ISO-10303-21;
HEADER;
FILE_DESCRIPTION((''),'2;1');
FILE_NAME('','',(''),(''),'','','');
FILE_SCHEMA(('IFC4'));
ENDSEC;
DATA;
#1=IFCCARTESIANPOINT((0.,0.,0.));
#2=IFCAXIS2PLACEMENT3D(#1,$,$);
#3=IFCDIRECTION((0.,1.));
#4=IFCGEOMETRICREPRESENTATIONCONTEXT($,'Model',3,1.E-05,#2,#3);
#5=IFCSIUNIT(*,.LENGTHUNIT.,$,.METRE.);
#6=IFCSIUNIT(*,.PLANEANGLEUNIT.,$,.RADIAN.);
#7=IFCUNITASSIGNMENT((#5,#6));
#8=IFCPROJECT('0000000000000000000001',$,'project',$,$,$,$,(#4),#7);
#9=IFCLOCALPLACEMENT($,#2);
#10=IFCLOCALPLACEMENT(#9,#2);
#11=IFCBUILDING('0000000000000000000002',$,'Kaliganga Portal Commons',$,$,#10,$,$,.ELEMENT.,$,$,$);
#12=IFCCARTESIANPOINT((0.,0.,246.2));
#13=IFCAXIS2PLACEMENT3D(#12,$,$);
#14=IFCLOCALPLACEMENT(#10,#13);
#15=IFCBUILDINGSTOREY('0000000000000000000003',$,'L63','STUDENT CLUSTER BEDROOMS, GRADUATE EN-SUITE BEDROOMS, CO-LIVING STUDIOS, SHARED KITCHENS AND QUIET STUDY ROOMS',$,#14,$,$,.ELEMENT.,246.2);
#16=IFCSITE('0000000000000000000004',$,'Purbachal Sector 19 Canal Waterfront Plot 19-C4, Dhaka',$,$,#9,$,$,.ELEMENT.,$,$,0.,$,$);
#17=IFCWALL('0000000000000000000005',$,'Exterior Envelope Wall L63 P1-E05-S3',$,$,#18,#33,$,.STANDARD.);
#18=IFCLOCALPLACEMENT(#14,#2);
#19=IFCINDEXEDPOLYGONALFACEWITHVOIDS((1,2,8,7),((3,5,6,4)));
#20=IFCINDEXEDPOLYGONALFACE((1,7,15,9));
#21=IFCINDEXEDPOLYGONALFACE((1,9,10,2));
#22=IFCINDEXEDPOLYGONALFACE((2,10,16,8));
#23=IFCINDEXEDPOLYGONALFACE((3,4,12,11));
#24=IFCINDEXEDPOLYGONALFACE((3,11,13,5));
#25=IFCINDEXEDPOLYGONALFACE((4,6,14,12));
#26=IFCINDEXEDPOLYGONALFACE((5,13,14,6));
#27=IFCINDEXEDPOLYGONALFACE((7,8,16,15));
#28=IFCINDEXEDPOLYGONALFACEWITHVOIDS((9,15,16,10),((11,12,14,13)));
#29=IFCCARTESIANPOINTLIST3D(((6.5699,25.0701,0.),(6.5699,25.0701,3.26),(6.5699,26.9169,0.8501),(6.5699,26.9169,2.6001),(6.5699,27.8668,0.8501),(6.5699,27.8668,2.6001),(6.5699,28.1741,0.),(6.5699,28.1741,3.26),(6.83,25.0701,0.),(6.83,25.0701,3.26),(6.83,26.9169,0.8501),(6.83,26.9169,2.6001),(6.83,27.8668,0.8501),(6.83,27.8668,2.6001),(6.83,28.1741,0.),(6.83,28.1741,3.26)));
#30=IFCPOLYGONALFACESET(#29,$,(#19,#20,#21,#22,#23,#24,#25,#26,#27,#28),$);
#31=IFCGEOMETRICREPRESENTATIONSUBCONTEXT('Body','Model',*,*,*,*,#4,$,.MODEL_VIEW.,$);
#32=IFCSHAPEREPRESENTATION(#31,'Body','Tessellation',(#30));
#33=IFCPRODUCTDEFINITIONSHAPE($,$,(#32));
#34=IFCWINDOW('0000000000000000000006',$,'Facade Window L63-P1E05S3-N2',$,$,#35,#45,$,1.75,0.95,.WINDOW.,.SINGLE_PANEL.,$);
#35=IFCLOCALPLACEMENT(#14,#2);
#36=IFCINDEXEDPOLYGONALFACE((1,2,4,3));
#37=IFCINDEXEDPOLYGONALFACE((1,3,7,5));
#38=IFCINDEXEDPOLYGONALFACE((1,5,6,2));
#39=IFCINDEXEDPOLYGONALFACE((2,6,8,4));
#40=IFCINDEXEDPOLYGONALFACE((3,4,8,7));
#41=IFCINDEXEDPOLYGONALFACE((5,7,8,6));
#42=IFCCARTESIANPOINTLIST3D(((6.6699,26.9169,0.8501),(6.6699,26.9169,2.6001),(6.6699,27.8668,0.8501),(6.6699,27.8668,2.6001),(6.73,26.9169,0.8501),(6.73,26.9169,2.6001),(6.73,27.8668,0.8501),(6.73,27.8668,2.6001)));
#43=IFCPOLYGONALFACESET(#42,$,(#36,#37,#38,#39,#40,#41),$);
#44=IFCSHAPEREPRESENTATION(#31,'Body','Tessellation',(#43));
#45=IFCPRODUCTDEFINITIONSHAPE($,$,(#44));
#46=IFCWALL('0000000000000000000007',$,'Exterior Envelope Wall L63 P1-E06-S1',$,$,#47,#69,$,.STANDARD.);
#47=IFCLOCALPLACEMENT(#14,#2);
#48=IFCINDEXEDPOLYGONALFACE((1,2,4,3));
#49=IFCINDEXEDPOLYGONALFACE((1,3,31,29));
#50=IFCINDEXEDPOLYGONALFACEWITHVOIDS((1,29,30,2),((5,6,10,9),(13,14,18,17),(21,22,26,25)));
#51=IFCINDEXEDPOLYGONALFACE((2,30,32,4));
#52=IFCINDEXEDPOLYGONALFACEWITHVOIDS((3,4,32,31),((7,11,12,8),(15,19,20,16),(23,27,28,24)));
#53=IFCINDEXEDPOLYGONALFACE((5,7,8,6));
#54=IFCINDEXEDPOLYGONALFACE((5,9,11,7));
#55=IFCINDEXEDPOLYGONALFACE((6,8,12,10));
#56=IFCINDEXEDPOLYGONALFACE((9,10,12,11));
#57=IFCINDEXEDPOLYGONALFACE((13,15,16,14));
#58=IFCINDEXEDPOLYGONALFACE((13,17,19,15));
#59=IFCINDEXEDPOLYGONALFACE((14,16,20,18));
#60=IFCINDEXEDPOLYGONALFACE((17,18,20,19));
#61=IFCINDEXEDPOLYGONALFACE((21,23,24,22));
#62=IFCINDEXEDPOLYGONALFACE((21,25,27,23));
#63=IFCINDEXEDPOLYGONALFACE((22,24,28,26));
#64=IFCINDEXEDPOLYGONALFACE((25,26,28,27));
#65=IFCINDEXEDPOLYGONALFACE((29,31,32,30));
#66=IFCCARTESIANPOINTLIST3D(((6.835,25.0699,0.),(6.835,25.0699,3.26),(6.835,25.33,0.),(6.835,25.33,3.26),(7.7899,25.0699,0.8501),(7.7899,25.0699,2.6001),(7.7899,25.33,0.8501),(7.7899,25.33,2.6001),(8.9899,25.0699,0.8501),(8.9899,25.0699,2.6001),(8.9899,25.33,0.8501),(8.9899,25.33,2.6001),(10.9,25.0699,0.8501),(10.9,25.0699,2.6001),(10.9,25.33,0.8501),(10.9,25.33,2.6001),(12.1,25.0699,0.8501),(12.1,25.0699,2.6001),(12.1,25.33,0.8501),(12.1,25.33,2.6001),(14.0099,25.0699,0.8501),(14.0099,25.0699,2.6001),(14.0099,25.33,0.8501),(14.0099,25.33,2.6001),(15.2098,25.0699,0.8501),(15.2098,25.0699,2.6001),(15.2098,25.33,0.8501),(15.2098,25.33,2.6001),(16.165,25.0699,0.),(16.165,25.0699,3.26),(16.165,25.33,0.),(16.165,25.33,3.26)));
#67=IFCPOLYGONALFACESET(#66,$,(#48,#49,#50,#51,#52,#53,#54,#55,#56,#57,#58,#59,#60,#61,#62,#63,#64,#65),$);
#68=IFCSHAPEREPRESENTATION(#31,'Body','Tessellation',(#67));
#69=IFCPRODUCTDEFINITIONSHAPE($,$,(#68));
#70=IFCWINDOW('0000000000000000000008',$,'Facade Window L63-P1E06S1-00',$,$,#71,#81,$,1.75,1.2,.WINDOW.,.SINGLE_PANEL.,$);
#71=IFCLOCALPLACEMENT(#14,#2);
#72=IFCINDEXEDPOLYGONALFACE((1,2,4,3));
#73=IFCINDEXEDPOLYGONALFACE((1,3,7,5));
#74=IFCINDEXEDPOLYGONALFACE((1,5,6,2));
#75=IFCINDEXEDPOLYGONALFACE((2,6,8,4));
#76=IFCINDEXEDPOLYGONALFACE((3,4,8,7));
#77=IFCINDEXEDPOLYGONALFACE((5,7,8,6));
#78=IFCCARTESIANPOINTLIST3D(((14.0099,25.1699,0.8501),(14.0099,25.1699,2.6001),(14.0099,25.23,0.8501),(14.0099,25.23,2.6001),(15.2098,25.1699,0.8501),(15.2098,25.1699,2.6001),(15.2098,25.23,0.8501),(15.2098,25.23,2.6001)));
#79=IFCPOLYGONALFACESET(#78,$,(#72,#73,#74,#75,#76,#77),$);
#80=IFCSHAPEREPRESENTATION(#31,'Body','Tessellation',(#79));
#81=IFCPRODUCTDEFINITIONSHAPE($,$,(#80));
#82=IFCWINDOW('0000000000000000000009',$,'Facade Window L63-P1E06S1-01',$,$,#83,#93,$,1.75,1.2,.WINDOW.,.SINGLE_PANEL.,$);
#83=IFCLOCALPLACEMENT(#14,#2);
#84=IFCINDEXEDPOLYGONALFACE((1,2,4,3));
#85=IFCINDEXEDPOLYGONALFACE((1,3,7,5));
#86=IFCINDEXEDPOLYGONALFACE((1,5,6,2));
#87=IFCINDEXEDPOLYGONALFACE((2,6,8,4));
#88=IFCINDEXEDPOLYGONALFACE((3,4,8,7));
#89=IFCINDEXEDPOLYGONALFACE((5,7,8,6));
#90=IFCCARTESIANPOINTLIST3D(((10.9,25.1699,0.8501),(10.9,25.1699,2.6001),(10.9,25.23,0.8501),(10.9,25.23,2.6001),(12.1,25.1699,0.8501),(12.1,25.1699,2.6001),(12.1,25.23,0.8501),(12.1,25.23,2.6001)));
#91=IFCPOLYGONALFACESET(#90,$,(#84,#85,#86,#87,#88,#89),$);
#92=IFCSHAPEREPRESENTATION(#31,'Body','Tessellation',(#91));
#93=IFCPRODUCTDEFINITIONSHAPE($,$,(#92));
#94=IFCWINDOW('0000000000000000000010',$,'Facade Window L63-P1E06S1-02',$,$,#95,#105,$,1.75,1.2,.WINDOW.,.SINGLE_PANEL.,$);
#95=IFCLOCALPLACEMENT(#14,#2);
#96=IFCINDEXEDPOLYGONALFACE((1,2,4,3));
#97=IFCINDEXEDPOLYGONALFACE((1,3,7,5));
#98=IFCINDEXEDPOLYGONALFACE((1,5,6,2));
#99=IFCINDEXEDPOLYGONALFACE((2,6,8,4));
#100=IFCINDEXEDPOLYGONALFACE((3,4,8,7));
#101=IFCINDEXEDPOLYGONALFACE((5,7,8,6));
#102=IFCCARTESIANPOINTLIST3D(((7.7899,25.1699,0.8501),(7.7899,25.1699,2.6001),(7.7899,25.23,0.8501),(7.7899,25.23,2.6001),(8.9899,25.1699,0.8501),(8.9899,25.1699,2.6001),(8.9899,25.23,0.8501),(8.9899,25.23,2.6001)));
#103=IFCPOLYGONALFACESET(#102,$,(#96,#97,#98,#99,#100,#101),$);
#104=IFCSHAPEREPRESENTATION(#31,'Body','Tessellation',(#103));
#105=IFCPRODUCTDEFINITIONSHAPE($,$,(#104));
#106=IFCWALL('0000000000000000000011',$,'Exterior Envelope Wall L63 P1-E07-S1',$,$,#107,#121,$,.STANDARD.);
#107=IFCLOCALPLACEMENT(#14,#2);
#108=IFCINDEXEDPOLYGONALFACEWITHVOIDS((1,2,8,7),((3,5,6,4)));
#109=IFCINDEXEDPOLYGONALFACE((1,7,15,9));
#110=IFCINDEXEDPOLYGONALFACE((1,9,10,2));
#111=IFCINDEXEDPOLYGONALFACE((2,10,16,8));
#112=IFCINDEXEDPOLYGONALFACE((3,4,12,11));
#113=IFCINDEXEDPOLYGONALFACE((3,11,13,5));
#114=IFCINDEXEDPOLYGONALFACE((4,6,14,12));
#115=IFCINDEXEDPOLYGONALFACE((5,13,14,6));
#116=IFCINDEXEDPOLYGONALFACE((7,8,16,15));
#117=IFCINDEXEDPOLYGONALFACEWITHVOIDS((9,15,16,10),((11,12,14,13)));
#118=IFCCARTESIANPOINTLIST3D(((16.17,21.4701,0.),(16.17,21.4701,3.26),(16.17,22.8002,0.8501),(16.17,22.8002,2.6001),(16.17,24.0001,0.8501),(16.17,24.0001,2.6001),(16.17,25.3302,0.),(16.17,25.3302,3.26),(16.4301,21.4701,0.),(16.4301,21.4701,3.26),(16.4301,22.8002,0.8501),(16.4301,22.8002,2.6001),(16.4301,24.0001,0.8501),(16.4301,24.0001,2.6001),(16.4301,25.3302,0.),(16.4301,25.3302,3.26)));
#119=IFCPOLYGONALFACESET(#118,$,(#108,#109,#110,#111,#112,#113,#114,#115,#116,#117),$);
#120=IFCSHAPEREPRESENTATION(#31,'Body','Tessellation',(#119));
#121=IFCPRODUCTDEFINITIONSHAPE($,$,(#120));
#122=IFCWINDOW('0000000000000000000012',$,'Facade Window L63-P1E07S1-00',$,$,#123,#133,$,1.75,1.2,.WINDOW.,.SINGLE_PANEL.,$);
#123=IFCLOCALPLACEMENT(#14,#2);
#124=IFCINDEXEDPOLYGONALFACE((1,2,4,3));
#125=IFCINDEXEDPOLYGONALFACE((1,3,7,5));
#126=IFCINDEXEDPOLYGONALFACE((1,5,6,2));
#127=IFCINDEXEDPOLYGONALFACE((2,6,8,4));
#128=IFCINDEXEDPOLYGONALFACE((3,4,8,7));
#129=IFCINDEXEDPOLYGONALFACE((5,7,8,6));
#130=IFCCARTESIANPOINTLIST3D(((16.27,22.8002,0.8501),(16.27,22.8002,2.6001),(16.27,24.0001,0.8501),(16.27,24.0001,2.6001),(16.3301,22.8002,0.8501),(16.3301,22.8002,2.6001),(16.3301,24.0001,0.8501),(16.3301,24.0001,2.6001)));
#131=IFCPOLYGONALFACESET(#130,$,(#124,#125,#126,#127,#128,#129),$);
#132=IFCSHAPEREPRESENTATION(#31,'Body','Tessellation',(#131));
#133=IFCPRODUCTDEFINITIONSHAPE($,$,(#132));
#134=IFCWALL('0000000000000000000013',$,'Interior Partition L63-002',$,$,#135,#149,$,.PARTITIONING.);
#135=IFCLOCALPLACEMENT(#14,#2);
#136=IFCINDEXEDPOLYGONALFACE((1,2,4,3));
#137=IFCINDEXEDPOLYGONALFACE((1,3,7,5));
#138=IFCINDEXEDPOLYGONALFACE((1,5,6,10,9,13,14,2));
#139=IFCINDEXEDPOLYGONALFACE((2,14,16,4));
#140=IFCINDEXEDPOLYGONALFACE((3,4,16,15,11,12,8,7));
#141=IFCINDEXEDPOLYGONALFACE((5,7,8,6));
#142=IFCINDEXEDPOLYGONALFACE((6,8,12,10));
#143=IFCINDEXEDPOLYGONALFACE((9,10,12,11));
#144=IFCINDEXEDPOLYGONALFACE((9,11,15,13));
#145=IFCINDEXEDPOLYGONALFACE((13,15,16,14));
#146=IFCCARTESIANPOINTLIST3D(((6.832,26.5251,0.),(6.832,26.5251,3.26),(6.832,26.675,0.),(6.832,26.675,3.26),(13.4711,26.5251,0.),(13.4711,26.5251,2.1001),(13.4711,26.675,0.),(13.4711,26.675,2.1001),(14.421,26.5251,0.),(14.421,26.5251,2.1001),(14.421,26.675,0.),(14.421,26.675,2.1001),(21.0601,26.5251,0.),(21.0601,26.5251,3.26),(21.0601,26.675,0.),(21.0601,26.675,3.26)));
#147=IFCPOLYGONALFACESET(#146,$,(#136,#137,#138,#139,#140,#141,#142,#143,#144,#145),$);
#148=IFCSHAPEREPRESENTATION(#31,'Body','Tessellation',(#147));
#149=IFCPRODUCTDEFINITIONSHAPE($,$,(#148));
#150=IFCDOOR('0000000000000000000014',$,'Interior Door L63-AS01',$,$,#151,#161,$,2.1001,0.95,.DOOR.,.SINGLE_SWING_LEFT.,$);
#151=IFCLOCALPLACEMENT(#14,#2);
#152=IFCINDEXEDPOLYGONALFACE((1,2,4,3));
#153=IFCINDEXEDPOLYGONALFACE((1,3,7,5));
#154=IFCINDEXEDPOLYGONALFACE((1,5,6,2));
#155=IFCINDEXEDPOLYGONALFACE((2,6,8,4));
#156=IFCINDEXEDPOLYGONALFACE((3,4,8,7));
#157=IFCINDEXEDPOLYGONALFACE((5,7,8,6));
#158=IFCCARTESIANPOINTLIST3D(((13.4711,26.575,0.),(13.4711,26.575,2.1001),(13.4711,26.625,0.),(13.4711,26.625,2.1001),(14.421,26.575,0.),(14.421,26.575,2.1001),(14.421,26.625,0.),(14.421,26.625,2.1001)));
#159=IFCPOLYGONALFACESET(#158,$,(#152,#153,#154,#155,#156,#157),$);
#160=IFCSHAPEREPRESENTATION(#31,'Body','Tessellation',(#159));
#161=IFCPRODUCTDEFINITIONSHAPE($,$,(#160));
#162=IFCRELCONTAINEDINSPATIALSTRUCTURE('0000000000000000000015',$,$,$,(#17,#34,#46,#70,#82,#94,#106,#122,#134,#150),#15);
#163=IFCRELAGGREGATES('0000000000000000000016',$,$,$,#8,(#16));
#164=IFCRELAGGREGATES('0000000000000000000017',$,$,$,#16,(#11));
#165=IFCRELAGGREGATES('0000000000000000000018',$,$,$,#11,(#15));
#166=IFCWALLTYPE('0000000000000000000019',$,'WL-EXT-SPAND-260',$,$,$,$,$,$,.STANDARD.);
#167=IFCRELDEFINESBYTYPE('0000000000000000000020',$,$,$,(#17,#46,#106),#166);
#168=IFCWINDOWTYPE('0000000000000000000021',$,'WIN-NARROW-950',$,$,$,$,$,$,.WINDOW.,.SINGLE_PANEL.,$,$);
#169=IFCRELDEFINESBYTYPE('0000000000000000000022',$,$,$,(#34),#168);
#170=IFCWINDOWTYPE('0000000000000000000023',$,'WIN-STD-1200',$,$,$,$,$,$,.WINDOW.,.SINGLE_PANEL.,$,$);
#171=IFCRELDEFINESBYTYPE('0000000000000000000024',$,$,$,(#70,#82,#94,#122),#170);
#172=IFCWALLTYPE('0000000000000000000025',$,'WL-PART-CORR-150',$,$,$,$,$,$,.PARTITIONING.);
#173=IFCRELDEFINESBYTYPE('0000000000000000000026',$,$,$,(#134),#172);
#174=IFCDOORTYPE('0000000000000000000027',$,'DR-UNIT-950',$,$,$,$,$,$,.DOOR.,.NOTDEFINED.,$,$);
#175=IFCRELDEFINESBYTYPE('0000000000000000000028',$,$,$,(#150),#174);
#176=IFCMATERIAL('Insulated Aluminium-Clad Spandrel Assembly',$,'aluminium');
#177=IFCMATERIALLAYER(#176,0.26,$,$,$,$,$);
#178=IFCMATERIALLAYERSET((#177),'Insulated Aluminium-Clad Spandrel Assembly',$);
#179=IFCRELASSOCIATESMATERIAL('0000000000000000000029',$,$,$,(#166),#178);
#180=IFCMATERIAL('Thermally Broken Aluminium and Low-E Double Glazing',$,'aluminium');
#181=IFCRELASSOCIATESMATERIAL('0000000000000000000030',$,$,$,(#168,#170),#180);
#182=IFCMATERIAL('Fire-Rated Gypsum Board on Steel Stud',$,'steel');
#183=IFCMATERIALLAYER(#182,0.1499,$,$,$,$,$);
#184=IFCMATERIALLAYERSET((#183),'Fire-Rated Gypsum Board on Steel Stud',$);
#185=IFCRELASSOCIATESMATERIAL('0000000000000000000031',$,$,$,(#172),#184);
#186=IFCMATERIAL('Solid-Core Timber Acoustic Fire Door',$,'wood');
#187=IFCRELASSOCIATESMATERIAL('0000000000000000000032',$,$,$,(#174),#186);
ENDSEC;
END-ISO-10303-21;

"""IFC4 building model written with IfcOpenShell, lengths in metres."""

from ifc_helpers import new_model, si_unit, direction, frame, frame_2d, origin, place, context, subcontext, project, spatial, rectangle, extrude, material, layer, layer_set, type_object, element, fill, save


model = new_model("IFC4")

# Units and contexts
model_context = context("Model", 3, precision=1e-05, world=origin(), true_north=direction((0.0, 1.0)))
body_context = subcontext(model_context, "Body", "Model", "MODEL_VIEW")
ifc_project = project(units=[si_unit("LENGTHUNIT", "METRE"), si_unit("PLANEANGLEUNIT", "RADIAN")], contexts=[model_context])

# Site, building, storey
site_placement = place(None, origin())
site = spatial("IfcSite", under=ifc_project, at=site_placement, Name="Purbachal Sector 19 Canal Waterfront Plot 19-C4, Dhaka", CompositionType="ELEMENT", RefElevation=0.0)
building_placement = place(site_placement, origin())
building = spatial("IfcBuilding", under=site, at=building_placement, Name="Kaliganga Portal Commons", CompositionType="ELEMENT")
storey_placement = place(building_placement, frame((0.0, 0.0, 246.2)))
storey = spatial("IfcBuildingStorey", under=building, at=storey_placement, Name="L63", Description="STUDENT CLUSTER BEDROOMS, GRADUATE EN-SUITE BEDROOMS, CO-LIVING STUDIOS, SHARED KITCHENS AND QUIET STUDY ROOMS", CompositionType="ELEMENT", Elevation=246.2)

# Shared definitions
ifc_material_1 = material(Name="Insulated Aluminium-Clad Spandrel Assembly", Category="aluminium")
ifc_layer_1 = layer(ifc_material_1, 0.26)
ifc_layer_set_1 = layer_set([ifc_layer_1], Name="Insulated Aluminium-Clad Spandrel Assembly")
wall_type_1 = type_object("IfcWallType", Name="WL-EXT-SPAND-260", PredefinedType="STANDARD", material=ifc_layer_set_1)

# Wall, opening, window
wall_1_placement = place(storey_placement, frame((6.7, 25.0701, 0.0), z_axis=(0.0, 0.0, 1.0), x_axis=(0.0, 1.0, 0.0)))
wall_1 = element("IfcWall", 1, at=wall_1_placement, inside=storey, type_object=wall_type_1, Name="Exterior Envelope Wall L63 P1-E05-S3", PredefinedType="STANDARD", context=body_context, shape_type="SweptSolid", body=[
    extrude(rectangle(XDim=3.104, YDim=0.26, at=frame_2d((1.552, 0.0))), origin(), (0.0, 0.0, 1.0), 3.26),
])
opening_1_placement = place(wall_1_placement, frame((1.8467, 0.0, 0.8501)))
opening_1 = element("IfcOpeningElement", 2, at=opening_1_placement, cuts=wall_1, PredefinedType="OPENING", context=body_context, shape_type="SweptSolid", body=[
    extrude(rectangle(XDim=0.95, YDim=1.75, at=frame_2d((0.4751, 0.875))), frame((0.0, 0.1401, 0.0), z_axis=(0.0, -1.0, 0.0), x_axis=(1.0, 0.0, 0.0)), (0.0, 0.0, 1.0), 0.28),
])
ifc_material_2 = material(Name="Thermally Broken Aluminium and Low-E Double Glazing", Category="aluminium")
window_type_1 = type_object("IfcWindowType", Name="WIN-NARROW-950", PartitioningType="SINGLE_PANEL", PredefinedType="WINDOW", material=ifc_material_2)
window_1_placement = place(opening_1_placement, origin())
window_1 = element("IfcWindow", 3, at=window_1_placement, inside=storey, type_object=window_type_1, Name="Facade Window L63-P1E05S3-N2", OverallHeight=1.75, OverallWidth=0.95, PartitioningType="SINGLE_PANEL", PredefinedType="WINDOW", context=body_context, shape_type="SweptSolid", body=[
    extrude(rectangle(XDim=0.95, YDim=1.75, at=frame_2d((0.4751, 0.875))), frame((0.0, 0.03, 0.0), z_axis=(0.0, -1.0, 0.0), x_axis=(1.0, 0.0, 0.0)), (0.0, 0.0, 1.0), 0.0601),
])
fill(opening_1, window_1)

# Wall, openings, windows
wall_2_placement = place(storey_placement, frame((16.165, 25.2, 0.0), z_axis=(0.0, 0.0, 1.0), x_axis=(-1.0, 0.0, 0.0)))
wall_2 = element("IfcWall", 4, at=wall_2_placement, inside=storey, type_object=wall_type_1, Name="Exterior Envelope Wall L63 P1-E06-S1", PredefinedType="STANDARD", context=body_context, shape_type="SweptSolid", body=[
    extrude(rectangle(XDim=9.3301, YDim=0.26, at=frame_2d((4.665, 0.0))), origin(), (0.0, 0.0, 1.0), 3.26),
])
opening_2_placement = place(wall_2_placement, frame((0.9551, 0.0, 0.8501)))
opening_2 = element("IfcOpeningElement", 5, at=opening_2_placement, cuts=wall_2, PredefinedType="OPENING", context=body_context, shape_type="SweptSolid", body=[
    extrude(rectangle(XDim=1.2, YDim=1.75, at=frame_2d((0.6001, 0.875))), frame((0.0, 0.1401, 0.0), z_axis=(0.0, -1.0, 0.0), x_axis=(1.0, 0.0, 0.0)), (0.0, 0.0, 1.0), 0.28),
])
opening_3_placement = place(wall_2_placement, frame((4.0649, 0.0, 0.8501)))
opening_3 = element("IfcOpeningElement", 6, at=opening_3_placement, cuts=wall_2, PredefinedType="OPENING", context=body_context, shape_type="SweptSolid", body=[
    extrude(rectangle(XDim=1.2, YDim=1.75, at=frame_2d((0.6001, 0.875))), frame((0.0, 0.1401, 0.0), z_axis=(0.0, -1.0, 0.0), x_axis=(1.0, 0.0, 0.0)), (0.0, 0.0, 1.0), 0.28),
])
opening_4_placement = place(wall_2_placement, frame((7.175, 0.0, 0.8501)))
opening_4 = element("IfcOpeningElement", 7, at=opening_4_placement, cuts=wall_2, PredefinedType="OPENING", context=body_context, shape_type="SweptSolid", body=[
    extrude(rectangle(XDim=1.2, YDim=1.75, at=frame_2d((0.6001, 0.875))), frame((0.0, 0.1401, 0.0), z_axis=(0.0, -1.0, 0.0), x_axis=(1.0, 0.0, 0.0)), (0.0, 0.0, 1.0), 0.28),
])
window_type_2 = type_object("IfcWindowType", Name="WIN-STD-1200", PartitioningType="SINGLE_PANEL", PredefinedType="WINDOW", material=ifc_material_2)
window_2_placement = place(opening_2_placement, origin())
window_2 = element("IfcWindow", 8, at=window_2_placement, inside=storey, type_object=window_type_2, Name="Facade Window L63-P1E06S1-00", OverallHeight=1.75, OverallWidth=1.2, PartitioningType="SINGLE_PANEL", PredefinedType="WINDOW", context=body_context, shape_type="SweptSolid", body=[
    extrude(rectangle(XDim=1.2, YDim=1.75, at=frame_2d((0.6001, 0.875))), frame((0.0, 0.03, 0.0), z_axis=(0.0, -1.0, 0.0), x_axis=(1.0, 0.0, 0.0)), (0.0, 0.0, 1.0), 0.0601),
])
fill(opening_2, window_2)
window_3_placement = place(opening_3_placement, origin())
window_3 = element("IfcWindow", 9, at=window_3_placement, inside=storey, type_object=window_type_2, Name="Facade Window L63-P1E06S1-01", OverallHeight=1.75, OverallWidth=1.2, PartitioningType="SINGLE_PANEL", PredefinedType="WINDOW", context=body_context, shape_type="SweptSolid", body=[
    extrude(rectangle(XDim=1.2, YDim=1.75, at=frame_2d((0.6001, 0.875))), frame((0.0, 0.03, 0.0), z_axis=(0.0, -1.0, 0.0), x_axis=(1.0, 0.0, 0.0)), (0.0, 0.0, 1.0), 0.0601),
])
fill(opening_3, window_3)
window_4_placement = place(opening_4_placement, origin())
window_4 = element("IfcWindow", 10, at=window_4_placement, inside=storey, type_object=window_type_2, Name="Facade Window L63-P1E06S1-02", OverallHeight=1.75, OverallWidth=1.2, PartitioningType="SINGLE_PANEL", PredefinedType="WINDOW", context=body_context, shape_type="SweptSolid", body=[
    extrude(rectangle(XDim=1.2, YDim=1.75, at=frame_2d((0.6001, 0.875))), frame((0.0, 0.03, 0.0), z_axis=(0.0, -1.0, 0.0), x_axis=(1.0, 0.0, 0.0)), (0.0, 0.0, 1.0), 0.0601),
])
fill(opening_4, window_4)

# Wall, opening, window
wall_3_placement = place(storey_placement, frame((16.3, 21.47, 0.0), z_axis=(0.0, 0.0, 1.0), x_axis=(0.0, 1.0, 0.0)))
wall_3 = element("IfcWall", 11, at=wall_3_placement, inside=storey, type_object=wall_type_1, Name="Exterior Envelope Wall L63 P1-E07-S1", PredefinedType="STANDARD", context=body_context, shape_type="SweptSolid", body=[
    extrude(rectangle(XDim=3.8601, YDim=0.26, at=frame_2d((1.9302, 0.0))), origin(), (0.0, 0.0, 1.0), 3.26),
])
opening_5_placement = place(wall_3_placement, frame((1.3301, 0.0, 0.8501)))
opening_5 = element("IfcOpeningElement", 12, at=opening_5_placement, cuts=wall_3, PredefinedType="OPENING", context=body_context, shape_type="SweptSolid", body=[
    extrude(rectangle(XDim=1.2, YDim=1.75, at=frame_2d((0.6001, 0.875))), frame((0.0, 0.1401, 0.0), z_axis=(0.0, -1.0, 0.0), x_axis=(1.0, 0.0, 0.0)), (0.0, 0.0, 1.0), 0.28),
])
window_5_placement = place(opening_5_placement, origin())
window_5 = element("IfcWindow", 13, at=window_5_placement, inside=storey, type_object=window_type_2, Name="Facade Window L63-P1E07S1-00", OverallHeight=1.75, OverallWidth=1.2, PartitioningType="SINGLE_PANEL", PredefinedType="WINDOW", context=body_context, shape_type="SweptSolid", body=[
    extrude(rectangle(XDim=1.2, YDim=1.75, at=frame_2d((0.6001, 0.875))), frame((0.0, 0.03, 0.0), z_axis=(0.0, -1.0, 0.0), x_axis=(1.0, 0.0, 0.0)), (0.0, 0.0, 1.0), 0.0601),
])
fill(opening_5, window_5)

# Wall, opening, door
ifc_material_3 = material(Name="Fire-Rated Gypsum Board on Steel Stud", Category="steel")
ifc_layer_2 = layer(ifc_material_3, 0.1499)
ifc_layer_set_2 = layer_set([ifc_layer_2], Name="Fire-Rated Gypsum Board on Steel Stud")
wall_type_2 = type_object("IfcWallType", Name="WL-PART-CORR-150", PredefinedType="PARTITIONING", material=ifc_layer_set_2)
wall_4_placement = place(storey_placement, frame((6.832, 26.6001, 0.0), z_axis=(0.0, 0.0, 1.0), x_axis=(1.0, 0.0, 0.0)))
wall_4 = element("IfcWall", 14, at=wall_4_placement, inside=storey, type_object=wall_type_2, Name="Interior Partition L63-002", PredefinedType="PARTITIONING", context=body_context, shape_type="SweptSolid", body=[
    extrude(rectangle(XDim=14.228, YDim=0.1499, at=frame_2d((7.114, 0.0))), origin(), (0.0, 0.0, 1.0), 3.26),
])
opening_6_placement = place(wall_4_placement, frame((6.6389, 0.0, 0.0)))
opening_6 = element("IfcOpeningElement", 15, at=opening_6_placement, cuts=wall_4, PredefinedType="OPENING", context=body_context, shape_type="SweptSolid", body=[
    extrude(rectangle(XDim=0.95, YDim=2.1001, at=frame_2d((0.4751, 1.05))), frame((0.0, 0.085, 0.0), z_axis=(0.0, -1.0, 0.0), x_axis=(1.0, 0.0, 0.0)), (0.0, 0.0, 1.0), 0.1699),
])
ifc_material_4 = material(Name="Solid-Core Timber Acoustic Fire Door", Category="wood")
door_type = type_object("IfcDoorType", Name="DR-UNIT-950", OperationType="NOTDEFINED", PredefinedType="DOOR", material=ifc_material_4)
door_placement = place(opening_6_placement, origin())
door = element("IfcDoor", 16, at=door_placement, inside=storey, type_object=door_type, Name="Interior Door L63-AS01", OperationType="SINGLE_SWING_LEFT", OverallHeight=2.1001, OverallWidth=0.95, PredefinedType="DOOR", context=body_context, shape_type="SweptSolid", body=[
    extrude(rectangle(XDim=0.95, YDim=2.1001, at=frame_2d((0.4751, 1.05))), frame((0.0, 0.0249, 0.0), z_axis=(0.0, -1.0, 0.0), x_axis=(1.0, 0.0, 0.0)), (0.0, 0.0, 1.0), 0.05),
])
fill(opening_6, door)

save(model, "model.ifc")
